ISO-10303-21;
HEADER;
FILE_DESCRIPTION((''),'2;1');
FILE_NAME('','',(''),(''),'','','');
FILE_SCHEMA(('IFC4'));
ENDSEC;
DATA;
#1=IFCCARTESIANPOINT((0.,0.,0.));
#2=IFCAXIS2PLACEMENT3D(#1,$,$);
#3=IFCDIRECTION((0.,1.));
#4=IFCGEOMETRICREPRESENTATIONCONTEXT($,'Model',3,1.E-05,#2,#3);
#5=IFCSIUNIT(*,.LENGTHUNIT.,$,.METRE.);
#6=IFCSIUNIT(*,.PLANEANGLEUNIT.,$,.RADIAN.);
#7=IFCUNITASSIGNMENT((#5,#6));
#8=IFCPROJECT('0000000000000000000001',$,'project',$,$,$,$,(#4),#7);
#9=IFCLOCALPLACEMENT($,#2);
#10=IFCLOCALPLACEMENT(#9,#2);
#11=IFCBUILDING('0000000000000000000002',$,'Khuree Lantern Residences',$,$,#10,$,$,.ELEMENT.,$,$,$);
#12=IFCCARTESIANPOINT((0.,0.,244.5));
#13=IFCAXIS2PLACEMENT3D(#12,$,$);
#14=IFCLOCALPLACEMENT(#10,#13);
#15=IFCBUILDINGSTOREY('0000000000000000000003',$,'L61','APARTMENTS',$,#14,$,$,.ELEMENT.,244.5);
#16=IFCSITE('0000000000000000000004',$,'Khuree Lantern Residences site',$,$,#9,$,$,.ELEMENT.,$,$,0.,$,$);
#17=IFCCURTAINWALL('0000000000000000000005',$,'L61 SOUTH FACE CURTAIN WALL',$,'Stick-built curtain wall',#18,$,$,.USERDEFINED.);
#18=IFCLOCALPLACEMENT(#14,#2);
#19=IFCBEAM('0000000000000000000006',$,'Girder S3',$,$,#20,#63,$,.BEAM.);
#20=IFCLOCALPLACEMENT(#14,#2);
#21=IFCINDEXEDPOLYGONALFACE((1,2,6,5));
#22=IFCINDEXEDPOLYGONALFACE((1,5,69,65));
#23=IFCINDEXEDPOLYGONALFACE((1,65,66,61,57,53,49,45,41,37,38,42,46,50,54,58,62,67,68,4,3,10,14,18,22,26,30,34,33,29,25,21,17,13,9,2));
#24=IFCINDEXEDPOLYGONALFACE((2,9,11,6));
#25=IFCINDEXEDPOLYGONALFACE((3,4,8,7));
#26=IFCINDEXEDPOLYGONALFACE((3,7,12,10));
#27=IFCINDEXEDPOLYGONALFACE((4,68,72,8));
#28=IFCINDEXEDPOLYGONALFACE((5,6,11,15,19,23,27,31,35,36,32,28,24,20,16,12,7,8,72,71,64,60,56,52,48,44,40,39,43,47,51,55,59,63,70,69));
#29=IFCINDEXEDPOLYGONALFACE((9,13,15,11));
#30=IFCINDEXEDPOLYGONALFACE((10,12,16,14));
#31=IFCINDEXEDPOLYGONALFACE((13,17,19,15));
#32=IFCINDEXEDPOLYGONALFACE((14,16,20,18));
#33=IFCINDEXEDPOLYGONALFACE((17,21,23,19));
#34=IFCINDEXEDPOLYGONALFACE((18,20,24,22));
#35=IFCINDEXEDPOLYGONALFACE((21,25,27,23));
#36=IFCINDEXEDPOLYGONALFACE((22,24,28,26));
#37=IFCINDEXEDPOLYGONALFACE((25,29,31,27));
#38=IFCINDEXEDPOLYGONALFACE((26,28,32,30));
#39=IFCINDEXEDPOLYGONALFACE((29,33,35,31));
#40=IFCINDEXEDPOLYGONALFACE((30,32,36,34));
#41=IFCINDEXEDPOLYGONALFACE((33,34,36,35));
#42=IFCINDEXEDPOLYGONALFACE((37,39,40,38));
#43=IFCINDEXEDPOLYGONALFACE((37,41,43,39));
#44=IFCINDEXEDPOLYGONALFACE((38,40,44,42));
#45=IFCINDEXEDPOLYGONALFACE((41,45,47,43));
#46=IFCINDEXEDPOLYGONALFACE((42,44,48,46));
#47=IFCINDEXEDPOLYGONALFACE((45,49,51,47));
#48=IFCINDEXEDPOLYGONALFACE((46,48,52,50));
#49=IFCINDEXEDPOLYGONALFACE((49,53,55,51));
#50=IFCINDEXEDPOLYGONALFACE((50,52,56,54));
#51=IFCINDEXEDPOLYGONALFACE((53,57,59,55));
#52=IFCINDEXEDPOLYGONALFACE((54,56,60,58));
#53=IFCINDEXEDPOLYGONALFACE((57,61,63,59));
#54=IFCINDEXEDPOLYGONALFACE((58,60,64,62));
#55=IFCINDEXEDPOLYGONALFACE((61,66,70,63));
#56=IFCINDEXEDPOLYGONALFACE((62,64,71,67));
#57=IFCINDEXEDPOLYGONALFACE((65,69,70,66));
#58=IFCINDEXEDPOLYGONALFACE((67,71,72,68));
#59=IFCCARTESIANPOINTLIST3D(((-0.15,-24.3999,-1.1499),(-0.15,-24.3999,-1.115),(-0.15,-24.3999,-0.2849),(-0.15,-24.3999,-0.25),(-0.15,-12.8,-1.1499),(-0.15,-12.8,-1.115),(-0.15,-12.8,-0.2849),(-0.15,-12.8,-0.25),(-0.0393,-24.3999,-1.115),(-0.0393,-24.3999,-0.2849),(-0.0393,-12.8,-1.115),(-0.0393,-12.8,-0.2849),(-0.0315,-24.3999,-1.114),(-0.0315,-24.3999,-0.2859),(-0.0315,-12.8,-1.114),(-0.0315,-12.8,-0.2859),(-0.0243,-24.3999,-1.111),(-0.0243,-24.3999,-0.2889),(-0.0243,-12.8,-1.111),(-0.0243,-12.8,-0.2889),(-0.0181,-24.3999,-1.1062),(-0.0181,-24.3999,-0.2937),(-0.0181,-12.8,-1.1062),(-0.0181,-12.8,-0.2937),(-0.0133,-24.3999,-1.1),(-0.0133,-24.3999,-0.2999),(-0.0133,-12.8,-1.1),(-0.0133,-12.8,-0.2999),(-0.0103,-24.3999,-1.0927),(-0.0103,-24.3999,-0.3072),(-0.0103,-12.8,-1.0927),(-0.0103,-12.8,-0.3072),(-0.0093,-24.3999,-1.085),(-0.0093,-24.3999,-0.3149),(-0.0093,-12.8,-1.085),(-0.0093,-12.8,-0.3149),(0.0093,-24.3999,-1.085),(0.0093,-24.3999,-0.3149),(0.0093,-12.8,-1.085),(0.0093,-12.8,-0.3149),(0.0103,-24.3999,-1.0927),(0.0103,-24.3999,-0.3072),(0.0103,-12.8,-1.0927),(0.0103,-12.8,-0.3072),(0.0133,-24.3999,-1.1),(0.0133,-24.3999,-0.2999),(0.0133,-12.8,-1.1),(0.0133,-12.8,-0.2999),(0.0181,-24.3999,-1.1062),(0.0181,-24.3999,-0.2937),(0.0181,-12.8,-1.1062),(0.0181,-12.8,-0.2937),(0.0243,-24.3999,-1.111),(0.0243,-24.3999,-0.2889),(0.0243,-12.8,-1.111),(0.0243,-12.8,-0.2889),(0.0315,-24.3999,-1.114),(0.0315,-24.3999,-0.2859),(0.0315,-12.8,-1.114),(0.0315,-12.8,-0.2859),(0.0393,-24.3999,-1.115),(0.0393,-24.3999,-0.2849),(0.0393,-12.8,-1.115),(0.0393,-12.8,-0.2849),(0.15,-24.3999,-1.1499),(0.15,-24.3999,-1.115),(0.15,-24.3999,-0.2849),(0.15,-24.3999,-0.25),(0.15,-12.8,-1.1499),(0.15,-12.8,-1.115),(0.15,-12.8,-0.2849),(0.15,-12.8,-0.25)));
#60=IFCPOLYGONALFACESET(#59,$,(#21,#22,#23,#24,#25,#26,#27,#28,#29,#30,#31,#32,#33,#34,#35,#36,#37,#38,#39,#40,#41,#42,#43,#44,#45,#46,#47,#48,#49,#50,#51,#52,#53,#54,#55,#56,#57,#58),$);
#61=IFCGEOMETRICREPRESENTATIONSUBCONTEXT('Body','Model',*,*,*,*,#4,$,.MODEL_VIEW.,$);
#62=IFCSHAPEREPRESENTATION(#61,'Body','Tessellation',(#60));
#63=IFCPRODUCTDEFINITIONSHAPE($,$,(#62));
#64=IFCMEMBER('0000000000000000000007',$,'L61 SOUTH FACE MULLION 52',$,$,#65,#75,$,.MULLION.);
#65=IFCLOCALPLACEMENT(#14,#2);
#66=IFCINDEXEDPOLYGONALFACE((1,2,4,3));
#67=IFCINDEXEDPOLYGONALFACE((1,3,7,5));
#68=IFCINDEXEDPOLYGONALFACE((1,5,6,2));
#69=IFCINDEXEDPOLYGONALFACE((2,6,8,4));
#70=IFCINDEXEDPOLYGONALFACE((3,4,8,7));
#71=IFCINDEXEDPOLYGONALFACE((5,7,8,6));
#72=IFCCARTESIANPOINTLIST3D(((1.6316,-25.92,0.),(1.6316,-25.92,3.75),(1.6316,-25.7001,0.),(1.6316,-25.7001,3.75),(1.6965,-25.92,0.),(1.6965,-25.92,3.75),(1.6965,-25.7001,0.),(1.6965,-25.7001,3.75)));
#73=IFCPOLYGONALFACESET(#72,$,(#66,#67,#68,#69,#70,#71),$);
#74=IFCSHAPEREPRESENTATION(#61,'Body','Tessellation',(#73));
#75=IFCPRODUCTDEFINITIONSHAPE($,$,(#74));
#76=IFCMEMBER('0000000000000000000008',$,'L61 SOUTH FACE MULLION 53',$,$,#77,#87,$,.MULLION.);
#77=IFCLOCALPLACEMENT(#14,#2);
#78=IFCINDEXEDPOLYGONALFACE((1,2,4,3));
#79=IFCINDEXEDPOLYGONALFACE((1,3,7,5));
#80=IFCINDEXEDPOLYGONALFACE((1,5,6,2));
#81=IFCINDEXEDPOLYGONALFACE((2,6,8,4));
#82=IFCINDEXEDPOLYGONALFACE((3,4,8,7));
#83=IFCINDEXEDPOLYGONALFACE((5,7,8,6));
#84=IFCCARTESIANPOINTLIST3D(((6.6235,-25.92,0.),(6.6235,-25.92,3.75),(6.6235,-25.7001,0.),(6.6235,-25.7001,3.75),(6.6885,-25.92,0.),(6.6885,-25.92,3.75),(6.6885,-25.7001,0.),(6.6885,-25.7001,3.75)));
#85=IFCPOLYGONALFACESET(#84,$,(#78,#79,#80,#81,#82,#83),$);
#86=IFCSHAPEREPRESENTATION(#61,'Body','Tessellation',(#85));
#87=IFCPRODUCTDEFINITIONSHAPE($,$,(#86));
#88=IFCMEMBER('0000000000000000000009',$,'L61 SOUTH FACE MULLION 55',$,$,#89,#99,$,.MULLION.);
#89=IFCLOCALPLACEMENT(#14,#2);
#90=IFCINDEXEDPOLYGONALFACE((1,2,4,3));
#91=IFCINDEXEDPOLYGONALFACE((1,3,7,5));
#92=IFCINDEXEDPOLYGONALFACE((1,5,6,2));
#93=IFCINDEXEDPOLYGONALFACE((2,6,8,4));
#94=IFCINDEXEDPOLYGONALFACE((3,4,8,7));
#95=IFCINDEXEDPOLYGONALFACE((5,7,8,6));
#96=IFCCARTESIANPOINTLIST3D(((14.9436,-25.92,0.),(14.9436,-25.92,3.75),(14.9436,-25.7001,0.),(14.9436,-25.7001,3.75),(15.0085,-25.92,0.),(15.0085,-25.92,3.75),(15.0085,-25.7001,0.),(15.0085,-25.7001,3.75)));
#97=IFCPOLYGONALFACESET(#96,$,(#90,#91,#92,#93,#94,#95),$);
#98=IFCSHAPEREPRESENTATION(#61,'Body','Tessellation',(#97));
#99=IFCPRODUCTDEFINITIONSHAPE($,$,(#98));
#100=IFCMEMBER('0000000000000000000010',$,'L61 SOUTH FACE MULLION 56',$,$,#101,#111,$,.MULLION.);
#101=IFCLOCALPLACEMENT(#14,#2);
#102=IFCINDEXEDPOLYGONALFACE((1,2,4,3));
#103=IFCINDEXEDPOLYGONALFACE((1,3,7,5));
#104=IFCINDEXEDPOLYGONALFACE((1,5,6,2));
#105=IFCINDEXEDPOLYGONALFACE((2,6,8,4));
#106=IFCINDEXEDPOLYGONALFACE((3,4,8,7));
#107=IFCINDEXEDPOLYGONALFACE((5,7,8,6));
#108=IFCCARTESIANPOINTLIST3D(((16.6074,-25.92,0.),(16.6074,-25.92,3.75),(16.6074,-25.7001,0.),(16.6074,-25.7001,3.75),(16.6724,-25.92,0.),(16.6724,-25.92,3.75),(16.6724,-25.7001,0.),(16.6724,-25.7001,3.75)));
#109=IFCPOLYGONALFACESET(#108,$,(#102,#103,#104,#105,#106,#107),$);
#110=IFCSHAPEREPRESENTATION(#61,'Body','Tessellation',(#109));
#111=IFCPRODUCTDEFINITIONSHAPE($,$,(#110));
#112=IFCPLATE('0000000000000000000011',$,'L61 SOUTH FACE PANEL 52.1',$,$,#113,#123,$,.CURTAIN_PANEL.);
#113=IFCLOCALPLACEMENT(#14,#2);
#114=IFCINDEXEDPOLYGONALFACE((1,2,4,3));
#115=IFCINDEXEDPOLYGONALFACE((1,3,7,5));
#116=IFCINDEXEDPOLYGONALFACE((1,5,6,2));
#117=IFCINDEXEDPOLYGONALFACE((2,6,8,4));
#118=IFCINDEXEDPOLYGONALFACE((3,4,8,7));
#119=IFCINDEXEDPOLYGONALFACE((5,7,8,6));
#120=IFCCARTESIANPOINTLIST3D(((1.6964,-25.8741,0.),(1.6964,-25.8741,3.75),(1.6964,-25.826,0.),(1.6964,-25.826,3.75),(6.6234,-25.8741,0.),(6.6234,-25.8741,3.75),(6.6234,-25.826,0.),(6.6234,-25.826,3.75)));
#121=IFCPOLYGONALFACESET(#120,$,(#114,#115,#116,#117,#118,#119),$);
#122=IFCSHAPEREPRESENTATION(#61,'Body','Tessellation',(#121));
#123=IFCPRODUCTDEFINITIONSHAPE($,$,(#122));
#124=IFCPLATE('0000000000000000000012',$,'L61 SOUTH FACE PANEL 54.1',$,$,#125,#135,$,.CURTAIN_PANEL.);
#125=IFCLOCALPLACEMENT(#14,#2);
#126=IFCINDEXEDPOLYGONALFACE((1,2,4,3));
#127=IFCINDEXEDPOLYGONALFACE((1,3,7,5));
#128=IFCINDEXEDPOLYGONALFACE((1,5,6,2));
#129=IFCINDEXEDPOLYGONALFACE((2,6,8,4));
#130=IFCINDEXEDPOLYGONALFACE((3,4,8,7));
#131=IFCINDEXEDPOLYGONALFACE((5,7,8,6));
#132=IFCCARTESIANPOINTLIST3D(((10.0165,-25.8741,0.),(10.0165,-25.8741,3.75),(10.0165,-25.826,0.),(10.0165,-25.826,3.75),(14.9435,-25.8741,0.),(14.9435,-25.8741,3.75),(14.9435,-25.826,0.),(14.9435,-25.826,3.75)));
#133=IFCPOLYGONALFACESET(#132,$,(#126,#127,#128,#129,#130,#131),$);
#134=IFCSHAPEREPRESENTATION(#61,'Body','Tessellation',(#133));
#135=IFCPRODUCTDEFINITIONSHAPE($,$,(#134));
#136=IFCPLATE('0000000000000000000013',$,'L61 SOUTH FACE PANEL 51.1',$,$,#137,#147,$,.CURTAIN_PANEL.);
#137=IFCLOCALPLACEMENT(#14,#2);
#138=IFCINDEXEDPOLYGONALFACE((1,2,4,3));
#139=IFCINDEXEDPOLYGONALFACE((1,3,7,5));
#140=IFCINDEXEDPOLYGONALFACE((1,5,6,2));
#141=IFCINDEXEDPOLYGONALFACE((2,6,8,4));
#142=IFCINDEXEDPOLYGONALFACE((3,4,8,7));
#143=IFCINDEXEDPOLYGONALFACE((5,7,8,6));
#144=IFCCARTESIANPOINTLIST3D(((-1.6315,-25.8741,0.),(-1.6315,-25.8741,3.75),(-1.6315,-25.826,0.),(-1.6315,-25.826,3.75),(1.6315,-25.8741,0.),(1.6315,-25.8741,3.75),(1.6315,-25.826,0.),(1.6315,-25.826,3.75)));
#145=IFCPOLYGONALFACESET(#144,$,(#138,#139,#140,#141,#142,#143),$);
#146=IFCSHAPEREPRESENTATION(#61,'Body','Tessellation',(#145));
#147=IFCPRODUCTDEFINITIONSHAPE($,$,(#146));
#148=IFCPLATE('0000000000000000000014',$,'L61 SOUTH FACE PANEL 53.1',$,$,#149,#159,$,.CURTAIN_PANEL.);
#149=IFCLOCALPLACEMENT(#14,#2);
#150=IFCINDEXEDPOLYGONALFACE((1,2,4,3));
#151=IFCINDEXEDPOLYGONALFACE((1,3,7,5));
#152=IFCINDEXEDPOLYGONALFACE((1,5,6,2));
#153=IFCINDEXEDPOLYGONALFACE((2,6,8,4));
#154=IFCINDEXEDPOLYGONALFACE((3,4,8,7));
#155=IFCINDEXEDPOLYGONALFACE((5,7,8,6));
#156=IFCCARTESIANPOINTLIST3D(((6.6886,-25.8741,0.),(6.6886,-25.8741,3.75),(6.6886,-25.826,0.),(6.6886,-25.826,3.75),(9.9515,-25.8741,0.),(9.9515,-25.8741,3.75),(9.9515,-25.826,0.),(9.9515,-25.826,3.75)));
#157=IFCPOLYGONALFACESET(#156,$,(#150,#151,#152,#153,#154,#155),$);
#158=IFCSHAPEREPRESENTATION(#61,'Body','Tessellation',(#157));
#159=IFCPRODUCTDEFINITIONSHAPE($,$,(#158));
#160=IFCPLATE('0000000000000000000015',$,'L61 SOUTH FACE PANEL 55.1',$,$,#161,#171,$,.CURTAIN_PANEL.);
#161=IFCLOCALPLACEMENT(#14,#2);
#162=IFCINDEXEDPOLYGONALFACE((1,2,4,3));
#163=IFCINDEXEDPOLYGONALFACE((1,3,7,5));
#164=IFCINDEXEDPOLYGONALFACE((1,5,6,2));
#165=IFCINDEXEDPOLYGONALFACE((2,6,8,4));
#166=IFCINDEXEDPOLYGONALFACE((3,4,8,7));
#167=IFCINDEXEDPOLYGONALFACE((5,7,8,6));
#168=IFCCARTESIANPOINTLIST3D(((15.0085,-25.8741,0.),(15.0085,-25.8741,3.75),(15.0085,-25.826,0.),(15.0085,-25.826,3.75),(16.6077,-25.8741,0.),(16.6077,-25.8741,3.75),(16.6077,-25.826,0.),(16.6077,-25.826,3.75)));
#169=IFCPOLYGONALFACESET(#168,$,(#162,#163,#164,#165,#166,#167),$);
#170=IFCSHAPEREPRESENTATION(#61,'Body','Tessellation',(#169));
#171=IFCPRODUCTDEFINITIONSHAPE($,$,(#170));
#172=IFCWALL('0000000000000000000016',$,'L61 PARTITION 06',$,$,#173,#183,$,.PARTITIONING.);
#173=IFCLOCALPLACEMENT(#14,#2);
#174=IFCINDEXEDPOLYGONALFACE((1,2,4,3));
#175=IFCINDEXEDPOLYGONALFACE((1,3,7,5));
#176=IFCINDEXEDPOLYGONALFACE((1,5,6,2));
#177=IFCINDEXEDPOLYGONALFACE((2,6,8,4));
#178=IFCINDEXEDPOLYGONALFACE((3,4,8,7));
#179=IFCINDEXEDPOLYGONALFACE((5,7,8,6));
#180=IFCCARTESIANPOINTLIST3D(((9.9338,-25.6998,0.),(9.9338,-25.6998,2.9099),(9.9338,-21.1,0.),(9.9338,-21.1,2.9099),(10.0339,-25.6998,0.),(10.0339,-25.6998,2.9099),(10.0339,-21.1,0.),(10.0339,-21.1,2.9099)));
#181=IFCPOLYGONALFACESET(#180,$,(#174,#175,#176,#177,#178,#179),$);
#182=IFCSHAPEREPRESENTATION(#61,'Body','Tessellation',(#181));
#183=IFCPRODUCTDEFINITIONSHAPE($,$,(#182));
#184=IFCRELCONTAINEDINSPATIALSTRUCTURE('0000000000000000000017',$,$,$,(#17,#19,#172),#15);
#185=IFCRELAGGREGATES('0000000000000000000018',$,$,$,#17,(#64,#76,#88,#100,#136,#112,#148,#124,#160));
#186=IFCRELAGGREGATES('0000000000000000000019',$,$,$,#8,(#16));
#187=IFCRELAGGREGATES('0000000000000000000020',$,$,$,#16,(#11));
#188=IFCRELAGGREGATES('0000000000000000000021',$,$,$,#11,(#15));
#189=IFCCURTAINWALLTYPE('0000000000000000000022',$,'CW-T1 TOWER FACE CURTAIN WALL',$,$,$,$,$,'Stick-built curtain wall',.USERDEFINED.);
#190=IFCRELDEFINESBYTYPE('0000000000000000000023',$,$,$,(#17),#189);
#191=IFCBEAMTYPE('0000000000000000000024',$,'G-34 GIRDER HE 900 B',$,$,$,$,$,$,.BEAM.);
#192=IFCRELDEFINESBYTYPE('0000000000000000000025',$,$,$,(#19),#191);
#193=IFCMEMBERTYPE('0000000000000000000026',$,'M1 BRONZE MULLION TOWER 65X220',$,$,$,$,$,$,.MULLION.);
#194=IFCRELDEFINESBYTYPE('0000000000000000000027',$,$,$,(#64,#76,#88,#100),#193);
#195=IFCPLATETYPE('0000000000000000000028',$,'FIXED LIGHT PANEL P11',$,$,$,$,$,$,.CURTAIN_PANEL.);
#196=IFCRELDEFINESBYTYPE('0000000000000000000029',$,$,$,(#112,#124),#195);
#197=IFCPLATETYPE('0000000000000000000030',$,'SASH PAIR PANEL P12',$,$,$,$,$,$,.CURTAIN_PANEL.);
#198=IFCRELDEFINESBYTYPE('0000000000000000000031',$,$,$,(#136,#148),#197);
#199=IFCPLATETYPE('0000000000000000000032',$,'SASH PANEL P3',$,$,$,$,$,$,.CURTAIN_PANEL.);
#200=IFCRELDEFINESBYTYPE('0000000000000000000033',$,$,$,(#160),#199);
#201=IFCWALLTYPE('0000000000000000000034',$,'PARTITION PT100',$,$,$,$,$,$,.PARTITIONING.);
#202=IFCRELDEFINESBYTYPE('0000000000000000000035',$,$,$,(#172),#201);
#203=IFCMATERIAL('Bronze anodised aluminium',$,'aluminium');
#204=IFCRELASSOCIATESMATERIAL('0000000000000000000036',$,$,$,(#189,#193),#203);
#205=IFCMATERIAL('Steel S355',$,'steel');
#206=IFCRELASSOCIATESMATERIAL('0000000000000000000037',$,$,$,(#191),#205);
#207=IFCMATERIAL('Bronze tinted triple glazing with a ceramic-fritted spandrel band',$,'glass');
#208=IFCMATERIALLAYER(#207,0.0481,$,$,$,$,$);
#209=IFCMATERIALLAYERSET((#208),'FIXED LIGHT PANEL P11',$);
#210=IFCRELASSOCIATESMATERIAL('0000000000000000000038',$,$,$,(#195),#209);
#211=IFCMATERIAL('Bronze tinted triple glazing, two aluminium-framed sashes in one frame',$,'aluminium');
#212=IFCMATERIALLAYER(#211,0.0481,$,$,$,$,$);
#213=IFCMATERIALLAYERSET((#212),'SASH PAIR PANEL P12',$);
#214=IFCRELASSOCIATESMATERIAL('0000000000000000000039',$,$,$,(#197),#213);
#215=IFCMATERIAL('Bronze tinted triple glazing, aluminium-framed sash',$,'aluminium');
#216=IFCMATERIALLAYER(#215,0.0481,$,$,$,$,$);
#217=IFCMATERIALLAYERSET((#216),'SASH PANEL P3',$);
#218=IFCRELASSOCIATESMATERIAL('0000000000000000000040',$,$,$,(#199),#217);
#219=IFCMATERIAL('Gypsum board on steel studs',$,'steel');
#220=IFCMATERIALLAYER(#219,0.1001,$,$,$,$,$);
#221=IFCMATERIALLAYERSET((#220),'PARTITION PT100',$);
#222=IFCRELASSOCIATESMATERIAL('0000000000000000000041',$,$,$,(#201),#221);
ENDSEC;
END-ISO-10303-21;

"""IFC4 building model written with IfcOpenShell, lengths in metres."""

from ifc_helpers import new_model, si_unit, direction, frame, frame_2d, origin, origin_2d, place, context, subcontext, project, spatial, rectangle, i_section, extrude, material, layer, layer_set, material_profile, profile_set, type_object, element, aggregate, save


model = new_model("IFC4")

# Units and contexts
model_context = context("Model", 3, precision=1e-05, world=origin(), true_north=direction((0.0, 1.0)))
body_context = subcontext(model_context, "Body", "Model", "MODEL_VIEW")
ifc_project = project(units=[si_unit("LENGTHUNIT", "METRE"), si_unit("PLANEANGLEUNIT", "RADIAN")], contexts=[model_context])

# Site, building, storey
site_placement = place(None, origin())
site = spatial("IfcSite", under=ifc_project, at=site_placement, Name="Khuree Lantern Residences site", CompositionType="ELEMENT", RefElevation=0.0)
building_placement = place(site_placement, origin())
building = spatial("IfcBuilding", under=site, at=building_placement, Name="Khuree Lantern Residences", CompositionType="ELEMENT")
storey_placement = place(building_placement, frame((0.0, 0.0, 244.5)))
storey = spatial("IfcBuildingStorey", under=building, at=storey_placement, Name="L61", Description="APARTMENTS", CompositionType="ELEMENT", Elevation=244.5)

# Shared definitions
ifc_material_1 = material(Name="Steel S355", Category="steel")

# Curtain wall
ifc_material_2 = material(Name="Bronze anodised aluminium", Category="aluminium")
curtain_wall_type = type_object("IfcCurtainWallType", Name="CW-T1 TOWER FACE CURTAIN WALL", ElementType="Stick-built curtain wall", PredefinedType="USERDEFINED", material=ifc_material_2)
curtain_wall_placement = place(storey_placement, origin())
curtain_wall = element("IfcCurtainWall", 1, at=curtain_wall_placement, inside=storey, type_object=curtain_wall_type, Name="L61 SOUTH FACE CURTAIN WALL", ObjectType="Stick-built curtain wall", PredefinedType="USERDEFINED")

# Beam
ifc_material_profile_1 = material_profile(ifc_material_1, i_section(OverallWidth=0.3, OverallDepth=0.8999, WebThickness=0.0186, FlangeThickness=0.0349, FilletRadius=0.03, at=origin_2d()), Name="HE 900 B")
ifc_profile_set_1 = profile_set([ifc_material_profile_1], Name="Steel S355")
beam_type_1 = type_object("IfcBeamType", Name="G-34 GIRDER HE 900 B", PredefinedType="BEAM", material=ifc_profile_set_1)
for number, where, z_axis, x_axis, name in (
    (2, (0.0, -24.3999, -0.7), (0.0, 1.0, 0.0), (-1.0, 0.0, 0.0), "Girder S3"),
):
    element("IfcBeam", number, at=place(storey_placement, frame(where, z_axis=z_axis, x_axis=x_axis)), inside=storey, type_object=beam_type_1, Name=name, PredefinedType="BEAM", context=body_context, shape_type="SweptSolid", body=[
        extrude(i_section(OverallWidth=0.3, OverallDepth=0.8999, WebThickness=0.0186, FlangeThickness=0.0349, FilletRadius=0.03, at=origin_2d()), origin(), (0.0, 0.0, 1.0), 11.5999),
    ])

# Members
ifc_material_profile_2 = material_profile(ifc_material_2, rectangle(XDim=0.0649, YDim=0.22, at=origin_2d()), Name="M1 65X220")
ifc_profile_set_2 = profile_set([ifc_material_profile_2], Name="Bronze anodised aluminium")
member_type_1 = type_object("IfcMemberType", Name="M1 BRONZE MULLION TOWER 65X220", PredefinedType="MULLION", material=ifc_profile_set_2)
member_1_placement = place(storey_placement, frame((1.6641, -25.8101, 0.0), z_axis=(0.0, 0.0, 1.0), x_axis=(1.0, 0.0, 0.0)))
member_1 = element("IfcMember", 3, at=member_1_placement, type_object=member_type_1, Name="L61 SOUTH FACE MULLION 52", PredefinedType="MULLION", context=body_context, shape_type="SweptSolid", body=[
    extrude(rectangle(XDim=0.0649, YDim=0.22, at=origin_2d()), origin(), (0.0, 0.0, 1.0), 3.75),
])
member_2_placement = place(storey_placement, frame((6.656, -25.8101, 0.0), z_axis=(0.0, 0.0, 1.0), x_axis=(1.0, 0.0, 0.0)))
member_2 = element("IfcMember", 4, at=member_2_placement, type_object=member_type_1, Name="L61 SOUTH FACE MULLION 53", PredefinedType="MULLION", context=body_context, shape_type="SweptSolid", body=[
    extrude(rectangle(XDim=0.0649, YDim=0.22, at=origin_2d()), origin(), (0.0, 0.0, 1.0), 3.75),
])
member_3_placement = place(storey_placement, frame((14.9761, -25.8101, 0.0), z_axis=(0.0, 0.0, 1.0), x_axis=(1.0, 0.0, 0.0)))
member_3 = element("IfcMember", 5, at=member_3_placement, type_object=member_type_1, Name="L61 SOUTH FACE MULLION 55", PredefinedType="MULLION", context=body_context, shape_type="SweptSolid", body=[
    extrude(rectangle(XDim=0.0649, YDim=0.22, at=origin_2d()), origin(), (0.0, 0.0, 1.0), 3.75),
])
member_4_placement = place(storey_placement, frame((16.6399, -25.8101, 0.0), z_axis=(0.0, 0.0, 1.0), x_axis=(1.0, 0.0, 0.0)))
member_4 = element("IfcMember", 6, at=member_4_placement, type_object=member_type_1, Name="L61 SOUTH FACE MULLION 56", PredefinedType="MULLION", context=body_context, shape_type="SweptSolid", body=[
    extrude(rectangle(XDim=0.0649, YDim=0.22, at=origin_2d()), origin(), (0.0, 0.0, 1.0), 3.75),
])

# Plates
ifc_material_3 = material(Name="Bronze tinted triple glazing with a ceramic-fritted spandrel band", Category="glass")
ifc_layer_1 = layer(ifc_material_3, 0.0481)
ifc_layer_set_1 = layer_set([ifc_layer_1], Name="FIXED LIGHT PANEL P11")
plate_type_1 = type_object("IfcPlateType", Name="FIXED LIGHT PANEL P11", PredefinedType="CURTAIN_PANEL", material=ifc_layer_set_1)
plate_1_placement = place(storey_placement, frame((4.1599, -25.8501, 0.0), z_axis=(0.0, 0.0, 1.0), x_axis=(1.0, 0.0, 0.0)))
plate_1 = element("IfcPlate", 7, at=plate_1_placement, type_object=plate_type_1, Name="L61 SOUTH FACE PANEL 52.1", PredefinedType="CURTAIN_PANEL", context=body_context, shape_type="SweptSolid", body=[
    extrude(rectangle(XDim=4.927, YDim=0.0481, at=origin_2d()), origin(), (0.0, 0.0, 1.0), 3.75),
])
plate_2_placement = place(storey_placement, frame((12.48, -25.8501, 0.0), z_axis=(0.0, 0.0, 1.0), x_axis=(1.0, 0.0, 0.0)))
plate_2 = element("IfcPlate", 8, at=plate_2_placement, type_object=plate_type_1, Name="L61 SOUTH FACE PANEL 54.1", PredefinedType="CURTAIN_PANEL", context=body_context, shape_type="SweptSolid", body=[
    extrude(rectangle(XDim=4.927, YDim=0.0481, at=origin_2d()), origin(), (0.0, 0.0, 1.0), 3.75),
])
ifc_material_4 = material(Name="Bronze tinted triple glazing, two aluminium-framed sashes in one frame", Category="aluminium")
ifc_layer_2 = layer(ifc_material_4, 0.0481)
ifc_layer_set_2 = layer_set([ifc_layer_2], Name="SASH PAIR PANEL P12")
plate_type_2 = type_object("IfcPlateType", Name="SASH PAIR PANEL P12", PredefinedType="CURTAIN_PANEL", material=ifc_layer_set_2)
plate_3_placement = place(storey_placement, frame((0.0, -25.8501, 0.0), z_axis=(0.0, 0.0, 1.0), x_axis=(1.0, 0.0, 0.0)))
plate_3 = element("IfcPlate", 9, at=plate_3_placement, type_object=plate_type_2, Name="L61 SOUTH FACE PANEL 51.1", PredefinedType="CURTAIN_PANEL", context=body_context, shape_type="SweptSolid", body=[
    extrude(rectangle(XDim=3.2629, YDim=0.0481, at=origin_2d()), origin(), (0.0, 0.0, 1.0), 3.75),
])
plate_4_placement = place(storey_placement, frame((8.3201, -25.8501, 0.0), z_axis=(0.0, 0.0, 1.0), x_axis=(1.0, 0.0, 0.0)))
plate_4 = element("IfcPlate", 10, at=plate_4_placement, type_object=plate_type_2, Name="L61 SOUTH FACE PANEL 53.1", PredefinedType="CURTAIN_PANEL", context=body_context, shape_type="SweptSolid", body=[
    extrude(rectangle(XDim=3.2629, YDim=0.0481, at=origin_2d()), origin(), (0.0, 0.0, 1.0), 3.75),
])
ifc_material_5 = material(Name="Bronze tinted triple glazing, aluminium-framed sash", Category="aluminium")
ifc_layer_3 = layer(ifc_material_5, 0.0481)
ifc_layer_set_3 = layer_set([ifc_layer_3], Name="SASH PANEL P3")
plate_type_3 = type_object("IfcPlateType", Name="SASH PANEL P3", PredefinedType="CURTAIN_PANEL", material=ifc_layer_set_3)
plate_5_placement = place(storey_placement, frame((15.8081, -25.8501, 0.0), z_axis=(0.0, 0.0, 1.0), x_axis=(1.0, 0.0, 0.0)))
plate_5 = element("IfcPlate", 11, at=plate_5_placement, type_object=plate_type_3, Name="L61 SOUTH FACE PANEL 55.1", PredefinedType="CURTAIN_PANEL", context=body_context, shape_type="SweptSolid", body=[
    extrude(rectangle(XDim=1.5991, YDim=0.0481, at=origin_2d()), origin(), (0.0, 0.0, 1.0), 3.75),
])
aggregate(curtain_wall, [member_1, member_2, member_3, member_4, plate_3, plate_1, plate_4, plate_2, plate_5])

# Wall
ifc_material_6 = material(Name="Gypsum board on steel studs", Category="steel")
ifc_layer_4 = layer(ifc_material_6, 0.1001)
ifc_layer_set_4 = layer_set([ifc_layer_4], Name="PARTITION PT100")
wall_type = type_object("IfcWallType", Name="PARTITION PT100", PredefinedType="PARTITIONING", material=ifc_layer_set_4)
wall_1_placement = place(storey_placement, frame((9.9839, -21.1001, 0.0), z_axis=(0.0, 0.0, 1.0), x_axis=(0.0, -1.0, 0.0)))
element("IfcWall", 12, at=wall_1_placement, inside=storey, type_object=wall_type, Name="L61 PARTITION 06", PredefinedType="PARTITIONING", context=body_context, shape_type="SweptSolid", body=[
    extrude(rectangle(XDim=4.5999, YDim=0.1001, at=frame_2d((2.2998, 0.0))), origin(), (0.0, 0.0, 1.0), 2.9099),
])

save(model, "model.ifc")
